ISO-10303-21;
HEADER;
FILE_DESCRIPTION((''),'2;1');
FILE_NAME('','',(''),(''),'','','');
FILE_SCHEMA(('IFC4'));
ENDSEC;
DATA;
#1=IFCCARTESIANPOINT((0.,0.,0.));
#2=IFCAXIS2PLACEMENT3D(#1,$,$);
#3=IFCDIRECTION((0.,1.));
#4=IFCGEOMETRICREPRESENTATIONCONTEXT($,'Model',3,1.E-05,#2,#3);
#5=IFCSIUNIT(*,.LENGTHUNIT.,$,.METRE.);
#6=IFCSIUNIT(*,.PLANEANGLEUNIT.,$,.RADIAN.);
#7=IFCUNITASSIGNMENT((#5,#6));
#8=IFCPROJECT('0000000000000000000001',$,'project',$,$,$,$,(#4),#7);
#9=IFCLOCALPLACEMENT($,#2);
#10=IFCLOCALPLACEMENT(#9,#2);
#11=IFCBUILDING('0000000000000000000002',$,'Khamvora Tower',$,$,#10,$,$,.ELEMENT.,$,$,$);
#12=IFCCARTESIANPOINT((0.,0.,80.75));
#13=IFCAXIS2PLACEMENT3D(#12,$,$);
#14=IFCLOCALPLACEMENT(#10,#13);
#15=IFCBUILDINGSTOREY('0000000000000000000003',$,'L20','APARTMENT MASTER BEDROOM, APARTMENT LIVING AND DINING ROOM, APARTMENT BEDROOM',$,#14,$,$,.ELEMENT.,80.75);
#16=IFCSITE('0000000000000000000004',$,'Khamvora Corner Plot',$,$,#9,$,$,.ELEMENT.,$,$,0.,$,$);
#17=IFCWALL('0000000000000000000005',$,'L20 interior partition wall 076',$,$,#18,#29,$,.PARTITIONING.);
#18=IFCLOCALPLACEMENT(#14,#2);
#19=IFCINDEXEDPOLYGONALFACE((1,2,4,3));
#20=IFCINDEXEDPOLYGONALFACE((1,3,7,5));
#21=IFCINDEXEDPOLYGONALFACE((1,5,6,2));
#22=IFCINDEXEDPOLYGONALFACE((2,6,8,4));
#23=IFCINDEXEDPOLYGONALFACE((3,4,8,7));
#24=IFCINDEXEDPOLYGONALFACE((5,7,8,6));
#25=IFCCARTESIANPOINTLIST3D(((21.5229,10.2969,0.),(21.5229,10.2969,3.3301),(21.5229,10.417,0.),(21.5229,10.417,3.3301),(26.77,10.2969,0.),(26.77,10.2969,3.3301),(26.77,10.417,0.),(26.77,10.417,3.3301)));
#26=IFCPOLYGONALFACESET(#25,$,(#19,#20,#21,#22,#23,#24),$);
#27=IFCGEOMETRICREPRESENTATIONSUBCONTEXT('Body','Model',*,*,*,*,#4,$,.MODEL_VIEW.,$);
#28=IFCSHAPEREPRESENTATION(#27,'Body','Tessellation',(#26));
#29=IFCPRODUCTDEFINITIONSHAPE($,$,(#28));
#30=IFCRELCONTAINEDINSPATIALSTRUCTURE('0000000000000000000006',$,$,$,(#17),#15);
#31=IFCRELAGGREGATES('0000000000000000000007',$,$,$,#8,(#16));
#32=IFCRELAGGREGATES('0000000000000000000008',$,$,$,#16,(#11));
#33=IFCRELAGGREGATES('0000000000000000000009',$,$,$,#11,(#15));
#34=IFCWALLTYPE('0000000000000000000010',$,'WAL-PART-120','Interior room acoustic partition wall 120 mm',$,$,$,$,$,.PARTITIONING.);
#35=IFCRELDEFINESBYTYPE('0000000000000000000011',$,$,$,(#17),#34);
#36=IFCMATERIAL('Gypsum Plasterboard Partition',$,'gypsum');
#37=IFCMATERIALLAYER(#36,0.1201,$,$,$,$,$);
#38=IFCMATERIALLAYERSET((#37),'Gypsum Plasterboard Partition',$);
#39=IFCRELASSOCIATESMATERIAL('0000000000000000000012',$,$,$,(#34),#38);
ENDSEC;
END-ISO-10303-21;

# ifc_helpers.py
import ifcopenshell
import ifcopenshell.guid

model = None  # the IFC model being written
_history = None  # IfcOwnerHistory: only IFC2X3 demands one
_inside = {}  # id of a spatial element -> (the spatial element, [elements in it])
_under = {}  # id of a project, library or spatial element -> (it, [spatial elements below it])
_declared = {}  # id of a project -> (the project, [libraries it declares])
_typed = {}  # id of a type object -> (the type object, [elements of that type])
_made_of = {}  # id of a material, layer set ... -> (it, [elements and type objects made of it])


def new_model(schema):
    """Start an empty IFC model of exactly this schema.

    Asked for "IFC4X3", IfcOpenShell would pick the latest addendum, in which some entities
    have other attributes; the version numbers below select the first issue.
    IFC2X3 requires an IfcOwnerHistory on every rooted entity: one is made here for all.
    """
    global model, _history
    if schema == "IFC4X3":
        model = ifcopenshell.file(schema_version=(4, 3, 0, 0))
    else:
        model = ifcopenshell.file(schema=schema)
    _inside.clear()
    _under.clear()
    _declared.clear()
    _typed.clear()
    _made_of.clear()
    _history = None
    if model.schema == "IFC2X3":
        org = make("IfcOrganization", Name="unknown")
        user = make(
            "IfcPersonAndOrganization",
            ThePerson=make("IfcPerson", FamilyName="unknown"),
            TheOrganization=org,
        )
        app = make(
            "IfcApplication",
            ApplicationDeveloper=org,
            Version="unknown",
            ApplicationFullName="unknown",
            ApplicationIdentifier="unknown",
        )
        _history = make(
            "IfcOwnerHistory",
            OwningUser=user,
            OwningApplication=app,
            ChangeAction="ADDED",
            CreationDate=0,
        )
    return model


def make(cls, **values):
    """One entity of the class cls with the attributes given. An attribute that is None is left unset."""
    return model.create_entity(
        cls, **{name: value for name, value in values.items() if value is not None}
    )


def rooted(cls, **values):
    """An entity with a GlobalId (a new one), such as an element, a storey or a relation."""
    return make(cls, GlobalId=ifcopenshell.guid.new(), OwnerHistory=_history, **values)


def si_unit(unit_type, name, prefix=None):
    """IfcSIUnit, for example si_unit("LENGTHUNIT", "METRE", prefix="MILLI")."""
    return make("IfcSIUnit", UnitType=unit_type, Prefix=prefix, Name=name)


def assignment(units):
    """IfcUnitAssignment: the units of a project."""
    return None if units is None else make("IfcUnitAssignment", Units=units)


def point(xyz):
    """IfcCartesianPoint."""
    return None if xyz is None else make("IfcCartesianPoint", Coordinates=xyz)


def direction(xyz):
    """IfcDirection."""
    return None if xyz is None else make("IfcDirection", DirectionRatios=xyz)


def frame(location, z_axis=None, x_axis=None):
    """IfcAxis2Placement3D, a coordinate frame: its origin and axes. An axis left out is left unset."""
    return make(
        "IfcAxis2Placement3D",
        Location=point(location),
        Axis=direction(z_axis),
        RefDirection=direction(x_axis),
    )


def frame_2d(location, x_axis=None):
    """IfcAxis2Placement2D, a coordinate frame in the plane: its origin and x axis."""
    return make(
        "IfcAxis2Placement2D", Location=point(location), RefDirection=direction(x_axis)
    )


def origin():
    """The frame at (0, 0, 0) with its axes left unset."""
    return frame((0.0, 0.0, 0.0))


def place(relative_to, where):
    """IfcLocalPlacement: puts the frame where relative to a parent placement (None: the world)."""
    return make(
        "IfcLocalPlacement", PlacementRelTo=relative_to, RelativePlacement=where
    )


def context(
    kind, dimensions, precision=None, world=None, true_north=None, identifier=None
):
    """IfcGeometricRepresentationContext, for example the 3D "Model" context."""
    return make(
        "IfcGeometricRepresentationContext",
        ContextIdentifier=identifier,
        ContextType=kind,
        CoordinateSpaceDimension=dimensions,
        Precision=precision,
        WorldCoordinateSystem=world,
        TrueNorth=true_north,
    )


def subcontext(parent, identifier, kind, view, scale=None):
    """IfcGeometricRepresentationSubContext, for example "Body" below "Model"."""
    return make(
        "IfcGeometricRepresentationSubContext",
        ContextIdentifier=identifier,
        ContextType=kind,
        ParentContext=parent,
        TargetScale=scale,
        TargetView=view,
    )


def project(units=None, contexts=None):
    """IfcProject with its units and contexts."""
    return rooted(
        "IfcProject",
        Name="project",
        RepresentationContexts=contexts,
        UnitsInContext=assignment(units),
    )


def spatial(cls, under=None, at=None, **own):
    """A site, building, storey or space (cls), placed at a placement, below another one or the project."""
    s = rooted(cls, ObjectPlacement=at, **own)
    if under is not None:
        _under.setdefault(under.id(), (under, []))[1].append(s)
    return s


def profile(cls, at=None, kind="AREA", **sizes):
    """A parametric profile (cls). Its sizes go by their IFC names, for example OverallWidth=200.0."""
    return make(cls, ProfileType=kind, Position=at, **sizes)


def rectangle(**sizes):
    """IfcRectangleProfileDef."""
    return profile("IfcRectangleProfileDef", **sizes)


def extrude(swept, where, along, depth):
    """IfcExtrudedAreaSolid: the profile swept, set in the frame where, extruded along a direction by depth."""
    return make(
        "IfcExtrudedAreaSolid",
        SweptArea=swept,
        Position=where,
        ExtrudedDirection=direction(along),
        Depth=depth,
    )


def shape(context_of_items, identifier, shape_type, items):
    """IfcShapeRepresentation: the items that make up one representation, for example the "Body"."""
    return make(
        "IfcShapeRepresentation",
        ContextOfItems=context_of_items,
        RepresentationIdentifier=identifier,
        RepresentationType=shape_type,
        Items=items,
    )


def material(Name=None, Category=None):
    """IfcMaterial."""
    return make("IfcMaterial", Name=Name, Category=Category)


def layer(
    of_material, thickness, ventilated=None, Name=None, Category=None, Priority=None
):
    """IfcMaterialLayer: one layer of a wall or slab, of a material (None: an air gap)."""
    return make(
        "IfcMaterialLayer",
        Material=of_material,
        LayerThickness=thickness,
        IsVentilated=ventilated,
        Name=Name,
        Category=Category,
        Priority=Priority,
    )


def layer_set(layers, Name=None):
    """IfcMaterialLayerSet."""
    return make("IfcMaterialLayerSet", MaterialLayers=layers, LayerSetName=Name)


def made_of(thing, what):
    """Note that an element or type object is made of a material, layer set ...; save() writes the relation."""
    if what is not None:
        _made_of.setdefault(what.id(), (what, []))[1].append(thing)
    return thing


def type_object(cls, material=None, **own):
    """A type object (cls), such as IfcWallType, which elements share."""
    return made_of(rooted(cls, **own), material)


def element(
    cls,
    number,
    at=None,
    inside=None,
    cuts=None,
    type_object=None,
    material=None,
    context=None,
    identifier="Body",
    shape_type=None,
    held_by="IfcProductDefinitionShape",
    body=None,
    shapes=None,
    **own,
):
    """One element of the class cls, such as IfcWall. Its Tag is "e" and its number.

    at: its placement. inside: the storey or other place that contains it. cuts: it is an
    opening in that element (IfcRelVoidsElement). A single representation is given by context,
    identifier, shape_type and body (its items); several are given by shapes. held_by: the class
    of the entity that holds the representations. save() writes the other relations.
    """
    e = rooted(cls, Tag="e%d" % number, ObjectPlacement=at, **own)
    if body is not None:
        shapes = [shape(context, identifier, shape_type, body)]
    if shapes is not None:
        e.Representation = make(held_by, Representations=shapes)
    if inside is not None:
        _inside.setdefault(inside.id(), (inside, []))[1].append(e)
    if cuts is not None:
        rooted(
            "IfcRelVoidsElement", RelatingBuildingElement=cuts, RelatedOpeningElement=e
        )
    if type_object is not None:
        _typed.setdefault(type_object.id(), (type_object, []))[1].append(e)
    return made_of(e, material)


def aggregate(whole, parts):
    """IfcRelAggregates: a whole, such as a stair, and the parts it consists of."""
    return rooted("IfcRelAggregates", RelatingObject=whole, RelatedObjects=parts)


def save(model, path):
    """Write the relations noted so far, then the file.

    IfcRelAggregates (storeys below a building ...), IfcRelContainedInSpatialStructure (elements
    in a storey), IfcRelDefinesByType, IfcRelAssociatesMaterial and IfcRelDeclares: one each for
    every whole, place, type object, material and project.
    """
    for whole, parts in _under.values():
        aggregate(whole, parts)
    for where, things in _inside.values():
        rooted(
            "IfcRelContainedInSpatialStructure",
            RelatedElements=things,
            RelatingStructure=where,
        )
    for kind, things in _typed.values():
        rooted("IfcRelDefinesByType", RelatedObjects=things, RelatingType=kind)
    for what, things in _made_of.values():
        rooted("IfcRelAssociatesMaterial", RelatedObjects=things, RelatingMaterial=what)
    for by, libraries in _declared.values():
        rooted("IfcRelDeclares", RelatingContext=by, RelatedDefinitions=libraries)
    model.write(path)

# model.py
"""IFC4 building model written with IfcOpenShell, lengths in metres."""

from ifc_helpers import new_model, si_unit, direction, frame, frame_2d, origin, place, context, subcontext, project, spatial, rectangle, extrude, material, layer, layer_set, type_object, element, save


model = new_model("IFC4")

# Units and contexts
model_context = context("Model", 3, precision=1e-05, world=origin(), true_north=direction((0.0, 1.0)))
body_context = subcontext(model_context, "Body", "Model", "MODEL_VIEW")
ifc_project = project(units=[si_unit("LENGTHUNIT", "METRE"), si_unit("PLANEANGLEUNIT", "RADIAN")], contexts=[model_context])

# Site, building, storey
site_placement = place(None, origin())
site = spatial("IfcSite", under=ifc_project, at=site_placement, Name="Khamvora Corner Plot", CompositionType="ELEMENT", RefElevation=0.0)
building_placement = place(site_placement, origin())
building = spatial("IfcBuilding", under=site, at=building_placement, Name="Khamvora Tower", CompositionType="ELEMENT")
storey_placement = place(building_placement, frame((0.0, 0.0, 80.75)))
storey = spatial("IfcBuildingStorey", under=building, at=storey_placement, Name="L20", Description="APARTMENT MASTER BEDROOM, APARTMENT LIVING AND DINING ROOM, APARTMENT BEDROOM", CompositionType="ELEMENT", Elevation=80.75)

# Shared definitions
ifc_material_1 = material(Name="Gypsum Plasterboard Partition", Category="gypsum")
ifc_layer_1 = layer(ifc_material_1, 0.1201)
ifc_layer_set_1 = layer_set([ifc_layer_1], Name="Gypsum Plasterboard Partition")
wall_type_1 = type_object("IfcWallType", Name="WAL-PART-120", Description="Interior room acoustic partition wall 120 mm", PredefinedType="PARTITIONING", material=ifc_layer_set_1)

# Wall
wall_1_placement = place(storey_placement, frame((21.5229, 10.3569, 0.0), z_axis=(0.0, 0.0, 1.0), x_axis=(1.0, 0.0, 0.0)))
element("IfcWall", 1, at=wall_1_placement, inside=storey, type_object=wall_type_1, Name="L20 interior partition wall 076", PredefinedType="PARTITIONING", context=body_context, shape_type="SweptSolid", body=[
    extrude(rectangle(XDim=5.2471, YDim=0.1201, at=frame_2d((2.6235, 0.0))), origin(), (0.0, 0.0, 1.0), 3.3301),
])

save(model, "model.ifc")
